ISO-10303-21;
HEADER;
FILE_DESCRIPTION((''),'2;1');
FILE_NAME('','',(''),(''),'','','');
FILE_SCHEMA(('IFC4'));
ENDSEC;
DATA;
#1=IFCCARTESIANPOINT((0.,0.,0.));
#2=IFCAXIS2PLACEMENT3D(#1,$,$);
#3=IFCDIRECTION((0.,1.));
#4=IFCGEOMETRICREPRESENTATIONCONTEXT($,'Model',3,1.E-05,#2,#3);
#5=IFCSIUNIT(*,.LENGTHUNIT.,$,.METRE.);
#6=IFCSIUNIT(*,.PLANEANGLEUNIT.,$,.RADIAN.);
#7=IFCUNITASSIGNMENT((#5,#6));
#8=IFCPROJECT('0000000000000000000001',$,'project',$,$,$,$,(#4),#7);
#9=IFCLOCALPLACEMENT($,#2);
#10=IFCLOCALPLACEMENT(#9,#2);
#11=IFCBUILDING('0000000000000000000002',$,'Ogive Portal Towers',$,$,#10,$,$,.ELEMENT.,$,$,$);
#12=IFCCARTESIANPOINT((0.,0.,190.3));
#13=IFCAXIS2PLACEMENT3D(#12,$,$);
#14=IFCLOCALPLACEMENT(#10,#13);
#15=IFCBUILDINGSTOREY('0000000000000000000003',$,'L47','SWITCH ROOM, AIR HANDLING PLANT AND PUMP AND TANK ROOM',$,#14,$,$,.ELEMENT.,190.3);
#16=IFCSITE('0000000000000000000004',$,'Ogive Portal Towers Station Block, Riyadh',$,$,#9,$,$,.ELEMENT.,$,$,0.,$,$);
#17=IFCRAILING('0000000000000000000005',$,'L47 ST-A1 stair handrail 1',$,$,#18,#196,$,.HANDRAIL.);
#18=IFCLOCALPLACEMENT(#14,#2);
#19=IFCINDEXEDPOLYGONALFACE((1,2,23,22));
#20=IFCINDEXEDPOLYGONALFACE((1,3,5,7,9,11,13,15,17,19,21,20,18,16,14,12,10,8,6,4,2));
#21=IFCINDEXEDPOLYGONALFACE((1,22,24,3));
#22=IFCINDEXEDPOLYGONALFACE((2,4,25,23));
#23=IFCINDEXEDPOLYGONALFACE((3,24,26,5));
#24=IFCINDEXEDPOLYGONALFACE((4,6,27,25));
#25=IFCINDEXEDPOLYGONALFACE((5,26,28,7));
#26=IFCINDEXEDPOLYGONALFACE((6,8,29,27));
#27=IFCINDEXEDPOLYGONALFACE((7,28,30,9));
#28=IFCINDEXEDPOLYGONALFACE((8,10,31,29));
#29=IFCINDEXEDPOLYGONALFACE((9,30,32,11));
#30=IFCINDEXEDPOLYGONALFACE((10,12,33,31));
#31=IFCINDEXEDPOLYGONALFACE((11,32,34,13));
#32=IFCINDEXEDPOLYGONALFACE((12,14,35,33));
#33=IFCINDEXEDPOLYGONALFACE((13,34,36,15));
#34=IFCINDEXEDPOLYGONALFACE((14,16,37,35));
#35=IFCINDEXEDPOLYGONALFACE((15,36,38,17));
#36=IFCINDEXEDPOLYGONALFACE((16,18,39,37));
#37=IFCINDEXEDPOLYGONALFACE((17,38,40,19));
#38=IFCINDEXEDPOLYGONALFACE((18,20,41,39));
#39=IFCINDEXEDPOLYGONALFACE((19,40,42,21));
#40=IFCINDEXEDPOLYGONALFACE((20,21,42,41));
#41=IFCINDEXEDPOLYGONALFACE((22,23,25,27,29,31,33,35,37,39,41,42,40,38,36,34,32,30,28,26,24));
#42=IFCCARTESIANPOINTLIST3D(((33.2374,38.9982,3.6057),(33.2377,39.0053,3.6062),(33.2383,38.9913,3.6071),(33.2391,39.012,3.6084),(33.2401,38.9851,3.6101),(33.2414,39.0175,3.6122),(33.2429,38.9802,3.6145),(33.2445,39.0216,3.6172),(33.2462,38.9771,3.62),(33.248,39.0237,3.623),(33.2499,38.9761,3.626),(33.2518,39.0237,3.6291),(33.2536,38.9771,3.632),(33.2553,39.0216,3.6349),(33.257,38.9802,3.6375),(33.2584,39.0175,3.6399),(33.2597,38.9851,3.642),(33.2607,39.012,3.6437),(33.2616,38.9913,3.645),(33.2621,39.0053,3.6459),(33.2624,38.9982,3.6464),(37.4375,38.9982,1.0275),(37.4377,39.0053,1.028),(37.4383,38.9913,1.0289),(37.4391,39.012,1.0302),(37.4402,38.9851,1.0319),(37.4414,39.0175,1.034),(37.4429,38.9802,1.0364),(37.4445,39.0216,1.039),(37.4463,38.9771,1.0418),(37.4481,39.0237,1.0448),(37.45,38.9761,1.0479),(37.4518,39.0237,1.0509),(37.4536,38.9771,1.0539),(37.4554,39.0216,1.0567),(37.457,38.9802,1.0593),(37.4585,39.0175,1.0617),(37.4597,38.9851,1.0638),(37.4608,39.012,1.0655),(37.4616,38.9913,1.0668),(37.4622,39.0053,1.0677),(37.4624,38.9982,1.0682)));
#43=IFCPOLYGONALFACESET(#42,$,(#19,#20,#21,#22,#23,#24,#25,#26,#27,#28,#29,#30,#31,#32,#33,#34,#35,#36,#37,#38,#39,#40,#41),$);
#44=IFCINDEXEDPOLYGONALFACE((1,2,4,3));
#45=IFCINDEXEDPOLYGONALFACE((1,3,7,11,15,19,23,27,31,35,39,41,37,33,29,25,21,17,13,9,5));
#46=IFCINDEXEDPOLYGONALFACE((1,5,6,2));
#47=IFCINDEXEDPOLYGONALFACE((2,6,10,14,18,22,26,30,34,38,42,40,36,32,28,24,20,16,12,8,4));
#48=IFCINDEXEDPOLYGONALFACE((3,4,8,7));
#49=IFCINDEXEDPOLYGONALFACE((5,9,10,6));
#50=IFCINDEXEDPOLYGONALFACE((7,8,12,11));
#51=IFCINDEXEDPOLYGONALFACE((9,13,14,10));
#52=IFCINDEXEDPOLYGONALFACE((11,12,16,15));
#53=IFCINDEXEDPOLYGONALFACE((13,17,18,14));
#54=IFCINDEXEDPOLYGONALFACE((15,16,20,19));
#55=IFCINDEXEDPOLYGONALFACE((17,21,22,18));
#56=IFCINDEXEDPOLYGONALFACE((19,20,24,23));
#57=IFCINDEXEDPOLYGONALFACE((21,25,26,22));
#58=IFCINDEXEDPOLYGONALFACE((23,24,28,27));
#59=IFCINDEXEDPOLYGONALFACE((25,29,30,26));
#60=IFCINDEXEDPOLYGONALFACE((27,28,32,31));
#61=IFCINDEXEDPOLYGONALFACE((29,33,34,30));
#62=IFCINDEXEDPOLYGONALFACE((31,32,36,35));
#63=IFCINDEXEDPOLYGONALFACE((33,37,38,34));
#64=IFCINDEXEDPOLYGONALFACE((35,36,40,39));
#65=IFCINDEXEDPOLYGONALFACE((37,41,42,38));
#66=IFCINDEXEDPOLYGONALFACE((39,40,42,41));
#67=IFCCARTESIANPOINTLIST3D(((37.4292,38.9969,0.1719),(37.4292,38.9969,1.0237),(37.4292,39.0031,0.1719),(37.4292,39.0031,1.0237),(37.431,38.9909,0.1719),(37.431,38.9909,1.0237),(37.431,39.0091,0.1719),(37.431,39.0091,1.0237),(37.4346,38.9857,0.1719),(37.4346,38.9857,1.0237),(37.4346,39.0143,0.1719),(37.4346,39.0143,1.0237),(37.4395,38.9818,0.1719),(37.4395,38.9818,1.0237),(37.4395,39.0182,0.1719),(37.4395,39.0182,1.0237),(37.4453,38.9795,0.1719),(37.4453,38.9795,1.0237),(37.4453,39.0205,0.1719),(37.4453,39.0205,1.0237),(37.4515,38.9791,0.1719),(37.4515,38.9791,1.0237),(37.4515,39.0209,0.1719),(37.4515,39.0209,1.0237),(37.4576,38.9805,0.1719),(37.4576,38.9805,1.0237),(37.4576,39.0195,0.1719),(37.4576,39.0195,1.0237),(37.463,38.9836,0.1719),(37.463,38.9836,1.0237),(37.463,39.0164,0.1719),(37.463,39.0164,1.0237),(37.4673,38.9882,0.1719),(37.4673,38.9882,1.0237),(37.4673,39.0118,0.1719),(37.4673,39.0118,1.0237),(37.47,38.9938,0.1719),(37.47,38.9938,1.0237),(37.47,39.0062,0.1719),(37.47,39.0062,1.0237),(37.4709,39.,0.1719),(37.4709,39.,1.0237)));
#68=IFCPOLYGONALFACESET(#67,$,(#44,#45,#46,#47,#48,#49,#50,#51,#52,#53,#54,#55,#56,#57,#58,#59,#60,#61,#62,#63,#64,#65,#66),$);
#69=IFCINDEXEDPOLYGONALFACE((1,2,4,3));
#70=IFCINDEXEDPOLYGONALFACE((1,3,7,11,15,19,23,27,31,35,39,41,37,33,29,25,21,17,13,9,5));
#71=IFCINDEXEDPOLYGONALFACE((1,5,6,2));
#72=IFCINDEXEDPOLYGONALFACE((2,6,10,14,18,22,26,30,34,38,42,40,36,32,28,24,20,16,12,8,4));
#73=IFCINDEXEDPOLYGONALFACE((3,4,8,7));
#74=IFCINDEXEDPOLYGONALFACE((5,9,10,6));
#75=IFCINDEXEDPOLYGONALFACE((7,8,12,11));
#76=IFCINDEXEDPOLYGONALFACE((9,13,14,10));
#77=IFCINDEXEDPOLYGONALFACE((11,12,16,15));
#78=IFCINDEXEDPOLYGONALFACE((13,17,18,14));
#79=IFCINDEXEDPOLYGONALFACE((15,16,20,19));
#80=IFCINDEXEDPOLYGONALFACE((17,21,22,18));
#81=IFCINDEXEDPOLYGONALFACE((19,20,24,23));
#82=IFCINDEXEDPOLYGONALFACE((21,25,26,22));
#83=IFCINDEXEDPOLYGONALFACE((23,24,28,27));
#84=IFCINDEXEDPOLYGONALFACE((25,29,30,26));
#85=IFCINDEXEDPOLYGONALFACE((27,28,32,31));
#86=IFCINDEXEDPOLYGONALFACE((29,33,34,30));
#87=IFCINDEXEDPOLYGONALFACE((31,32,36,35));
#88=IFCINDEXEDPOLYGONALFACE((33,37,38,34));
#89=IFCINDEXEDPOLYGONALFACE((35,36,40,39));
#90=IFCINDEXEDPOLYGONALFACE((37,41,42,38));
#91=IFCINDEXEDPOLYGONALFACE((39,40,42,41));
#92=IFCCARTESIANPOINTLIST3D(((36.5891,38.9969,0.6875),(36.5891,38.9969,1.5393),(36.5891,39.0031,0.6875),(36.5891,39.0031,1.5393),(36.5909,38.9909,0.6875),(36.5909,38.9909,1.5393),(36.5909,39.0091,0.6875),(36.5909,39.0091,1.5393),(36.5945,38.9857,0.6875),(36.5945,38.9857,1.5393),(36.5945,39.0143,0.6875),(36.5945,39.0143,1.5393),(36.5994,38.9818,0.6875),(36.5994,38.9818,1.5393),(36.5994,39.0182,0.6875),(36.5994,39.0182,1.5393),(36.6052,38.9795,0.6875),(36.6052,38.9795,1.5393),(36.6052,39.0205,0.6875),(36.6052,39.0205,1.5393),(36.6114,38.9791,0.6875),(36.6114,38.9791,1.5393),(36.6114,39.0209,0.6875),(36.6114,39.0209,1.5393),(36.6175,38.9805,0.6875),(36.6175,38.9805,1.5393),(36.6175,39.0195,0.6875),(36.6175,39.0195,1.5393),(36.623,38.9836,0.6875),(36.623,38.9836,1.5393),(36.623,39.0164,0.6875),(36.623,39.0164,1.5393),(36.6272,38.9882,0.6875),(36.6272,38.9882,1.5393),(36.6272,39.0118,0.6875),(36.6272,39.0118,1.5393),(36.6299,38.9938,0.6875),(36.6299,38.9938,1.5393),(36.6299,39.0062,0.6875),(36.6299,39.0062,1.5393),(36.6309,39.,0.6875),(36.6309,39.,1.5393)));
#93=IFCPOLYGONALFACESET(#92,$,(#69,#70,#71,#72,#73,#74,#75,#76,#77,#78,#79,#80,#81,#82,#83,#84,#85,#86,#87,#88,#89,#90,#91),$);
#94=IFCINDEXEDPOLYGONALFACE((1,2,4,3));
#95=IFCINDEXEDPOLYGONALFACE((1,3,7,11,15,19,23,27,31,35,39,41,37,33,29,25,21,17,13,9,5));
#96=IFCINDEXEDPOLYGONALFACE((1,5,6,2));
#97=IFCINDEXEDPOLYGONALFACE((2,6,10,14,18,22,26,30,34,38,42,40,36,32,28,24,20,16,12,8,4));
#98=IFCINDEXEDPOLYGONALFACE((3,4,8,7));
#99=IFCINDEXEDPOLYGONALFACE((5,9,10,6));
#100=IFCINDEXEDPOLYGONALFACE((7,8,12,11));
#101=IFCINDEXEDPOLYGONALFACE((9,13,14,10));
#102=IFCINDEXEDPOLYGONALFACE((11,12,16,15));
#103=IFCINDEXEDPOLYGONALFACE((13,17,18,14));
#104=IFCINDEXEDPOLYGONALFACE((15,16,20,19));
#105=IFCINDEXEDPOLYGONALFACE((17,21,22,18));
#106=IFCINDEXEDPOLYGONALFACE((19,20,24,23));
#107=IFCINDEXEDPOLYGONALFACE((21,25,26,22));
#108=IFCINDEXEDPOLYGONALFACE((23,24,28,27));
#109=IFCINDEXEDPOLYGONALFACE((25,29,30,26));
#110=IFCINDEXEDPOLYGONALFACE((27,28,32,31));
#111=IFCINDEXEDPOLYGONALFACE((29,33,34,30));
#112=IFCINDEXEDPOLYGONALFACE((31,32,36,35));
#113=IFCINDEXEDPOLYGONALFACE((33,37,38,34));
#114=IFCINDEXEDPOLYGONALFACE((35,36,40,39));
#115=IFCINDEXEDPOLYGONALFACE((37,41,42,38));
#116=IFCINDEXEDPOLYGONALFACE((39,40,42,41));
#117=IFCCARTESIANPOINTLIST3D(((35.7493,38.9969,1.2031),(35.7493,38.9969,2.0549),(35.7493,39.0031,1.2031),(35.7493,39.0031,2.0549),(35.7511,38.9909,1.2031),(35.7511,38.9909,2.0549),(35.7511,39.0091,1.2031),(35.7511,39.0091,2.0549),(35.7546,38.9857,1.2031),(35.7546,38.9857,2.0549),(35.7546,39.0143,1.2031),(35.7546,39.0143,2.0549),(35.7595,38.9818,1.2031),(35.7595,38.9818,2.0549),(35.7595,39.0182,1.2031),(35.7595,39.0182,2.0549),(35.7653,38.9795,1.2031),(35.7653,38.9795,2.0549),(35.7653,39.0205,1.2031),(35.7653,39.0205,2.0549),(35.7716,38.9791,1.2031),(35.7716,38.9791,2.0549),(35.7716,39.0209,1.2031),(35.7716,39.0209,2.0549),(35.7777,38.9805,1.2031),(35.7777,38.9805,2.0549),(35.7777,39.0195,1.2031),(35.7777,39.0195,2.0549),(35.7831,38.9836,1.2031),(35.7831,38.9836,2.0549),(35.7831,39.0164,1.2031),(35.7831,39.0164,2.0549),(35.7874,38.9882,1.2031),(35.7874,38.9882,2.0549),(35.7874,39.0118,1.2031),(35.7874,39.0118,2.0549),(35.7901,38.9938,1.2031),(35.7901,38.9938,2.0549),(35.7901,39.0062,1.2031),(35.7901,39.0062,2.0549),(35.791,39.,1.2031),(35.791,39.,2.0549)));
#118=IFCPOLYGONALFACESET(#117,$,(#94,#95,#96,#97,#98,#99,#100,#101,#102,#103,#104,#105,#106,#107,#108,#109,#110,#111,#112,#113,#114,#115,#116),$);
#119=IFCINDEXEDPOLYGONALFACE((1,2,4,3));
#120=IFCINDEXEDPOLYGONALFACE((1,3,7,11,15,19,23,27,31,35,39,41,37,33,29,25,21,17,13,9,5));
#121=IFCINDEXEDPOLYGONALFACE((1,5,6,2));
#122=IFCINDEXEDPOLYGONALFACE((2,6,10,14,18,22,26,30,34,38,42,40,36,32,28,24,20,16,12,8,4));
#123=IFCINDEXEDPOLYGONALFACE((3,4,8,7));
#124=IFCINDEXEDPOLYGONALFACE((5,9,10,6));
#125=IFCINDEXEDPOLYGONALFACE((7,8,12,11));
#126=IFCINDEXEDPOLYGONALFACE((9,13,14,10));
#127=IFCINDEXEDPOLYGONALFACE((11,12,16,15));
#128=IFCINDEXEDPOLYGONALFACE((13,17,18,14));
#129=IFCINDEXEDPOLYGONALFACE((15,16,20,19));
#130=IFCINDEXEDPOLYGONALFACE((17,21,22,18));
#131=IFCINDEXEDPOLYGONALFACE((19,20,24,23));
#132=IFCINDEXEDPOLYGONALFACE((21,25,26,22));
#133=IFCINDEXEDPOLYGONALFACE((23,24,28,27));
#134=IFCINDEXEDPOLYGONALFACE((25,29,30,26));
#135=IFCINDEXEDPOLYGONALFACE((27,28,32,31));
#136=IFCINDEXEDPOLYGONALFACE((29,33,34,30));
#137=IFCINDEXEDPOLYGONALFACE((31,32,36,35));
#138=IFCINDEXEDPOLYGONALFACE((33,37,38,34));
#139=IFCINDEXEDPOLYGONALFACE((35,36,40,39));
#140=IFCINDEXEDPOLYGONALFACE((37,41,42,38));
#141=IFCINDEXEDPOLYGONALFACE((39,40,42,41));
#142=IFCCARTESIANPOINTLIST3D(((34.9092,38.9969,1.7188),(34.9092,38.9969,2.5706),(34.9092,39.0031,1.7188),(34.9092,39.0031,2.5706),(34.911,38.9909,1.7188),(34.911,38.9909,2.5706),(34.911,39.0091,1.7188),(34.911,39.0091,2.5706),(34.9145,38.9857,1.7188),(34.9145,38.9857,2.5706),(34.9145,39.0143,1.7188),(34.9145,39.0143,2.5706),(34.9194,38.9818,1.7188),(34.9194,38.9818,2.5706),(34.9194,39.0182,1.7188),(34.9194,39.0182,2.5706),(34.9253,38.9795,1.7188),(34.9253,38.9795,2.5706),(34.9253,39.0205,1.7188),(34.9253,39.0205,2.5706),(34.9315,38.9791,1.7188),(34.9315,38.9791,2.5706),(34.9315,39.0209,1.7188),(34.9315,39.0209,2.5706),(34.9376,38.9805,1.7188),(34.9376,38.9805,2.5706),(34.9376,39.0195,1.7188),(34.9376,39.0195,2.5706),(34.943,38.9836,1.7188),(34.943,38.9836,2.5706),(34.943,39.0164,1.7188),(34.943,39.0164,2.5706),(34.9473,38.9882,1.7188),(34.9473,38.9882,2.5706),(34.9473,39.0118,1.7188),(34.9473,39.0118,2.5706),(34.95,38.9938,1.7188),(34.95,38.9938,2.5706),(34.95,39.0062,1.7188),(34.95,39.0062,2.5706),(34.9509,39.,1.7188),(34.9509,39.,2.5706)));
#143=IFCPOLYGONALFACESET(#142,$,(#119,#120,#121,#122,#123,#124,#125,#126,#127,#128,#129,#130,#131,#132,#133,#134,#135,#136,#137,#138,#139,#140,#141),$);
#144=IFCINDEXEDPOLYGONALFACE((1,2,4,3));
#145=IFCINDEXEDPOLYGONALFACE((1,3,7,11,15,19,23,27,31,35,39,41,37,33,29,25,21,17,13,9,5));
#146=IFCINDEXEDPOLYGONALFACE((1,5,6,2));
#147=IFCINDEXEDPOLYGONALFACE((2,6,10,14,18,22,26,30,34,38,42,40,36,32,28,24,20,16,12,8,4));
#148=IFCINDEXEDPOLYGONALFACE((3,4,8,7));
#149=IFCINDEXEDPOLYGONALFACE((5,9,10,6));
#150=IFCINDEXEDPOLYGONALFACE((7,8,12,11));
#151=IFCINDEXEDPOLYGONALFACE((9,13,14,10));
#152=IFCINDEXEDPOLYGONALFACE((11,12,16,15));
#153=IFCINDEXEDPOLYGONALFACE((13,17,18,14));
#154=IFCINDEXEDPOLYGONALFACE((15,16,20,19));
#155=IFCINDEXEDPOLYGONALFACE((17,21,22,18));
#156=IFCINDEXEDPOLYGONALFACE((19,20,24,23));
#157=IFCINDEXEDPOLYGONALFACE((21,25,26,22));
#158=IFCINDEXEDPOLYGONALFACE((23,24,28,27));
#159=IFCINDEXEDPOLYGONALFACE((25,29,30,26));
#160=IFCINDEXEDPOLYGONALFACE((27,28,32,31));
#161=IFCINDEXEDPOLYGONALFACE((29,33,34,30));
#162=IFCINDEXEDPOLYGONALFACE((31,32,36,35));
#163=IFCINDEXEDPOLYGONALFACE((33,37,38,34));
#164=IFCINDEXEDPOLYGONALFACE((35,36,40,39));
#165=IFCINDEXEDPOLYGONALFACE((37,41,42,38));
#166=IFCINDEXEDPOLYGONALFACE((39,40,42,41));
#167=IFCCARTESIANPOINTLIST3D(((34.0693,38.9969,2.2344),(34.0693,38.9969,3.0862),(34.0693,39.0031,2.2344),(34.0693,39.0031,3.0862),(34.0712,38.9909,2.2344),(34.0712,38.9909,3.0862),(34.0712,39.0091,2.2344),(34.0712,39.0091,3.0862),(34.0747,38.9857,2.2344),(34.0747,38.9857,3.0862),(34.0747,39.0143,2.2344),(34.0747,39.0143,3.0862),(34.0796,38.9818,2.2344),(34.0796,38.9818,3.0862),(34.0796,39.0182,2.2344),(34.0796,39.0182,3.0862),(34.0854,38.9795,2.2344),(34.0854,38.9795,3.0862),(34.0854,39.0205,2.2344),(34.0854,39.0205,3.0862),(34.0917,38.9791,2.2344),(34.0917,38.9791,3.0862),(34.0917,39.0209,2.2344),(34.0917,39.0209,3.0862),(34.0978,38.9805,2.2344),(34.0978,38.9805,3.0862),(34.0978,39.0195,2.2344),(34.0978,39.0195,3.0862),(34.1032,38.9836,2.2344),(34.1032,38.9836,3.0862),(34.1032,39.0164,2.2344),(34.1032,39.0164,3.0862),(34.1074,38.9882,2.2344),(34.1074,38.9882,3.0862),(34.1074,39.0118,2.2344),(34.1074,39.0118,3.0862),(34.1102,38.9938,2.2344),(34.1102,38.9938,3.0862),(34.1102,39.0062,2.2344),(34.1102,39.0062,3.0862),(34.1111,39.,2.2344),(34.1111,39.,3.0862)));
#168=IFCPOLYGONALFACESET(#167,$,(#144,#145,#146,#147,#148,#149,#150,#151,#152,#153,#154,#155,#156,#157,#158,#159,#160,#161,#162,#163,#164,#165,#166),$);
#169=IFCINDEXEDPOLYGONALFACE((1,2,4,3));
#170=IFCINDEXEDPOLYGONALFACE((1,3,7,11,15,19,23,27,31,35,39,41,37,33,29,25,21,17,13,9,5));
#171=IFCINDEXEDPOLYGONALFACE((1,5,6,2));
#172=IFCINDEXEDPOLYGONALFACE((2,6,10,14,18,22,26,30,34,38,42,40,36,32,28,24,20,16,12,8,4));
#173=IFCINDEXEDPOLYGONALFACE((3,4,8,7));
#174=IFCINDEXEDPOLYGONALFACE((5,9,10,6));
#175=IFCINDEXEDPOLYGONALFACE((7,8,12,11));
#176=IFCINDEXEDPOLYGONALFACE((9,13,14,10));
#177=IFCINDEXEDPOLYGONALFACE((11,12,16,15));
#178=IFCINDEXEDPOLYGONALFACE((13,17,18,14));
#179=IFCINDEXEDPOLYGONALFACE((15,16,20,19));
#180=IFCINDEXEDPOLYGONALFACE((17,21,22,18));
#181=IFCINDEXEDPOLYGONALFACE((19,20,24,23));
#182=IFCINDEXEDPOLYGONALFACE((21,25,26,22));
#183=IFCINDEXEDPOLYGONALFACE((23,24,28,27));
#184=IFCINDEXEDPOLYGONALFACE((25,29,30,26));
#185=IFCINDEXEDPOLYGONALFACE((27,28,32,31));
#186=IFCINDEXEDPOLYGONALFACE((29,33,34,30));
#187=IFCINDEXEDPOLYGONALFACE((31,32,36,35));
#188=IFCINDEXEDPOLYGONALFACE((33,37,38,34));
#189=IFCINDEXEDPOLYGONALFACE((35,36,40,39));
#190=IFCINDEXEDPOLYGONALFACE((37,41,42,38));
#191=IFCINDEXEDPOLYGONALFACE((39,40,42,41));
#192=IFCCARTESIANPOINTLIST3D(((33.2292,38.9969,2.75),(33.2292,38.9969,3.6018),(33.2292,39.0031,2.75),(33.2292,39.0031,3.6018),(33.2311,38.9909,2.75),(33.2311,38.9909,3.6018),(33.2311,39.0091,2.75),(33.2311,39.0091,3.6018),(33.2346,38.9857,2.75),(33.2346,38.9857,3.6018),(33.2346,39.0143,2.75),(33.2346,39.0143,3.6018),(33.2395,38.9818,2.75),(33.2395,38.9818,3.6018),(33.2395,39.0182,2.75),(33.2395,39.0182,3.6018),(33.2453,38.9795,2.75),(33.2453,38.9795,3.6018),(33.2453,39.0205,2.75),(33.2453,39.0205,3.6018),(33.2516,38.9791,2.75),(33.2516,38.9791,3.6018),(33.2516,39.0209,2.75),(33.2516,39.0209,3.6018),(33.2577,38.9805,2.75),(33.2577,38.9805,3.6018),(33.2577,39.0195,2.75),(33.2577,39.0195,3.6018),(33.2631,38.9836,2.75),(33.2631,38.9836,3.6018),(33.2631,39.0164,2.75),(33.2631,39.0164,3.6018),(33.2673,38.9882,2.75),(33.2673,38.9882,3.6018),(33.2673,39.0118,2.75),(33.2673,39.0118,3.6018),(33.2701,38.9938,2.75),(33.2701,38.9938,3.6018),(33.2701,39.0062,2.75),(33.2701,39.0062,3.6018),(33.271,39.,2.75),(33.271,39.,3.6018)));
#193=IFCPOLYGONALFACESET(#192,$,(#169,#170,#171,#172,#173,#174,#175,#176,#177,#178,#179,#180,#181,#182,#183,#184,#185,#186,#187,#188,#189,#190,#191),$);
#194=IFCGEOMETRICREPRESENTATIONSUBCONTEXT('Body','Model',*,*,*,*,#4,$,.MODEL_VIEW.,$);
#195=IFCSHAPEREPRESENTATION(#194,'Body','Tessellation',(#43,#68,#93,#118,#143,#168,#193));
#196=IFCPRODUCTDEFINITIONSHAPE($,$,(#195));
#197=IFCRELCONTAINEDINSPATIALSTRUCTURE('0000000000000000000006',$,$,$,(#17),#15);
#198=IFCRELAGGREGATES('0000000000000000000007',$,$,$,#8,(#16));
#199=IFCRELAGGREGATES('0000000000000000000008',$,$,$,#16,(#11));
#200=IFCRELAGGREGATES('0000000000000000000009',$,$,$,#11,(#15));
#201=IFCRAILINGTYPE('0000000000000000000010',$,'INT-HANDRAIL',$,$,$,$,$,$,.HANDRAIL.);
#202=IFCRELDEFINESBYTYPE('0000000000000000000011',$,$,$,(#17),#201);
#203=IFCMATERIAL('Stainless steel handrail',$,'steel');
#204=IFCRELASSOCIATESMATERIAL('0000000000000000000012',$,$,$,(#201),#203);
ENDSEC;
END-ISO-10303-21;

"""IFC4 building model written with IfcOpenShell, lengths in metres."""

from ifc_helpers import new_model, si_unit, direction, frame, origin, origin_2d, place, context, subcontext, project, spatial, circle, extrude, material, type_object, element, save


model = new_model("IFC4")

# Units and contexts
model_context = context("Model", 3, precision=1e-05, world=origin(), true_north=direction((0.0, 1.0)))
body_context = subcontext(model_context, "Body", "Model", "MODEL_VIEW")
ifc_project = project(units=[si_unit("LENGTHUNIT", "METRE"), si_unit("PLANEANGLEUNIT", "RADIAN")], contexts=[model_context])

# Site, building, storey
site_placement = place(None, origin())
site = spatial("IfcSite", under=ifc_project, at=site_placement, Name="Ogive Portal Towers Station Block, Riyadh", CompositionType="ELEMENT", RefElevation=0.0)
building_placement = place(site_placement, origin())
building = spatial("IfcBuilding", under=site, at=building_placement, Name="Ogive Portal Towers", CompositionType="ELEMENT")
storey_placement = place(building_placement, frame((0.0, 0.0, 190.3)))
storey = spatial("IfcBuildingStorey", under=building, at=storey_placement, Name="L47", Description="SWITCH ROOM, AIR HANDLING PLANT AND PUMP AND TANK ROOM", CompositionType="ELEMENT", Elevation=190.3)

# Railing
ifc_material_1 = material(Name="Stainless steel handrail", Category="steel")
railing_type_1 = type_object("IfcRailingType", Name="INT-HANDRAIL", PredefinedType="HANDRAIL", material=ifc_material_1)
railing_1_placement = place(storey_placement, frame((37.45, 39.0, 0.1719)))
element("IfcRailing", 1, at=railing_1_placement, inside=storey, type_object=railing_type_1, Name="L47 ST-A1 stair handrail 1", PredefinedType="HANDRAIL", context=body_context, shape_type="SweptSolid", body=[
    extrude(circle(Radius=0.0239, at=origin_2d()), frame((0.0, 0.0, 0.876), z_axis=(-0.852243, 0.0, 0.523146), x_axis=(0.0, -1.0, 0.0)), (0.0, 0.0, 1.0), 4.9282),
    extrude(circle(Radius=0.021, at=origin_2d()), origin(), (0.0, 0.0, 1.0), 0.8518),
    extrude(circle(Radius=0.021, at=origin_2d()), frame((-0.8401, 0.0, 0.5156)), (0.0, 0.0, 1.0), 0.8518),
    extrude(circle(Radius=0.021, at=origin_2d()), frame((-1.6799, 0.0, 1.0312)), (0.0, 0.0, 1.0), 0.8518),
    extrude(circle(Radius=0.021, at=origin_2d()), frame((-2.52, 0.0, 1.5469)), (0.0, 0.0, 1.0), 0.8518),
    extrude(circle(Radius=0.021, at=origin_2d()), frame((-3.3599, 0.0, 2.0625)), (0.0, 0.0, 1.0), 0.8518),
    extrude(circle(Radius=0.021, at=origin_2d()), frame((-4.2, 0.0, 2.5781)), (0.0, 0.0, 1.0), 0.8518),
])

save(model, "model.ifc")
